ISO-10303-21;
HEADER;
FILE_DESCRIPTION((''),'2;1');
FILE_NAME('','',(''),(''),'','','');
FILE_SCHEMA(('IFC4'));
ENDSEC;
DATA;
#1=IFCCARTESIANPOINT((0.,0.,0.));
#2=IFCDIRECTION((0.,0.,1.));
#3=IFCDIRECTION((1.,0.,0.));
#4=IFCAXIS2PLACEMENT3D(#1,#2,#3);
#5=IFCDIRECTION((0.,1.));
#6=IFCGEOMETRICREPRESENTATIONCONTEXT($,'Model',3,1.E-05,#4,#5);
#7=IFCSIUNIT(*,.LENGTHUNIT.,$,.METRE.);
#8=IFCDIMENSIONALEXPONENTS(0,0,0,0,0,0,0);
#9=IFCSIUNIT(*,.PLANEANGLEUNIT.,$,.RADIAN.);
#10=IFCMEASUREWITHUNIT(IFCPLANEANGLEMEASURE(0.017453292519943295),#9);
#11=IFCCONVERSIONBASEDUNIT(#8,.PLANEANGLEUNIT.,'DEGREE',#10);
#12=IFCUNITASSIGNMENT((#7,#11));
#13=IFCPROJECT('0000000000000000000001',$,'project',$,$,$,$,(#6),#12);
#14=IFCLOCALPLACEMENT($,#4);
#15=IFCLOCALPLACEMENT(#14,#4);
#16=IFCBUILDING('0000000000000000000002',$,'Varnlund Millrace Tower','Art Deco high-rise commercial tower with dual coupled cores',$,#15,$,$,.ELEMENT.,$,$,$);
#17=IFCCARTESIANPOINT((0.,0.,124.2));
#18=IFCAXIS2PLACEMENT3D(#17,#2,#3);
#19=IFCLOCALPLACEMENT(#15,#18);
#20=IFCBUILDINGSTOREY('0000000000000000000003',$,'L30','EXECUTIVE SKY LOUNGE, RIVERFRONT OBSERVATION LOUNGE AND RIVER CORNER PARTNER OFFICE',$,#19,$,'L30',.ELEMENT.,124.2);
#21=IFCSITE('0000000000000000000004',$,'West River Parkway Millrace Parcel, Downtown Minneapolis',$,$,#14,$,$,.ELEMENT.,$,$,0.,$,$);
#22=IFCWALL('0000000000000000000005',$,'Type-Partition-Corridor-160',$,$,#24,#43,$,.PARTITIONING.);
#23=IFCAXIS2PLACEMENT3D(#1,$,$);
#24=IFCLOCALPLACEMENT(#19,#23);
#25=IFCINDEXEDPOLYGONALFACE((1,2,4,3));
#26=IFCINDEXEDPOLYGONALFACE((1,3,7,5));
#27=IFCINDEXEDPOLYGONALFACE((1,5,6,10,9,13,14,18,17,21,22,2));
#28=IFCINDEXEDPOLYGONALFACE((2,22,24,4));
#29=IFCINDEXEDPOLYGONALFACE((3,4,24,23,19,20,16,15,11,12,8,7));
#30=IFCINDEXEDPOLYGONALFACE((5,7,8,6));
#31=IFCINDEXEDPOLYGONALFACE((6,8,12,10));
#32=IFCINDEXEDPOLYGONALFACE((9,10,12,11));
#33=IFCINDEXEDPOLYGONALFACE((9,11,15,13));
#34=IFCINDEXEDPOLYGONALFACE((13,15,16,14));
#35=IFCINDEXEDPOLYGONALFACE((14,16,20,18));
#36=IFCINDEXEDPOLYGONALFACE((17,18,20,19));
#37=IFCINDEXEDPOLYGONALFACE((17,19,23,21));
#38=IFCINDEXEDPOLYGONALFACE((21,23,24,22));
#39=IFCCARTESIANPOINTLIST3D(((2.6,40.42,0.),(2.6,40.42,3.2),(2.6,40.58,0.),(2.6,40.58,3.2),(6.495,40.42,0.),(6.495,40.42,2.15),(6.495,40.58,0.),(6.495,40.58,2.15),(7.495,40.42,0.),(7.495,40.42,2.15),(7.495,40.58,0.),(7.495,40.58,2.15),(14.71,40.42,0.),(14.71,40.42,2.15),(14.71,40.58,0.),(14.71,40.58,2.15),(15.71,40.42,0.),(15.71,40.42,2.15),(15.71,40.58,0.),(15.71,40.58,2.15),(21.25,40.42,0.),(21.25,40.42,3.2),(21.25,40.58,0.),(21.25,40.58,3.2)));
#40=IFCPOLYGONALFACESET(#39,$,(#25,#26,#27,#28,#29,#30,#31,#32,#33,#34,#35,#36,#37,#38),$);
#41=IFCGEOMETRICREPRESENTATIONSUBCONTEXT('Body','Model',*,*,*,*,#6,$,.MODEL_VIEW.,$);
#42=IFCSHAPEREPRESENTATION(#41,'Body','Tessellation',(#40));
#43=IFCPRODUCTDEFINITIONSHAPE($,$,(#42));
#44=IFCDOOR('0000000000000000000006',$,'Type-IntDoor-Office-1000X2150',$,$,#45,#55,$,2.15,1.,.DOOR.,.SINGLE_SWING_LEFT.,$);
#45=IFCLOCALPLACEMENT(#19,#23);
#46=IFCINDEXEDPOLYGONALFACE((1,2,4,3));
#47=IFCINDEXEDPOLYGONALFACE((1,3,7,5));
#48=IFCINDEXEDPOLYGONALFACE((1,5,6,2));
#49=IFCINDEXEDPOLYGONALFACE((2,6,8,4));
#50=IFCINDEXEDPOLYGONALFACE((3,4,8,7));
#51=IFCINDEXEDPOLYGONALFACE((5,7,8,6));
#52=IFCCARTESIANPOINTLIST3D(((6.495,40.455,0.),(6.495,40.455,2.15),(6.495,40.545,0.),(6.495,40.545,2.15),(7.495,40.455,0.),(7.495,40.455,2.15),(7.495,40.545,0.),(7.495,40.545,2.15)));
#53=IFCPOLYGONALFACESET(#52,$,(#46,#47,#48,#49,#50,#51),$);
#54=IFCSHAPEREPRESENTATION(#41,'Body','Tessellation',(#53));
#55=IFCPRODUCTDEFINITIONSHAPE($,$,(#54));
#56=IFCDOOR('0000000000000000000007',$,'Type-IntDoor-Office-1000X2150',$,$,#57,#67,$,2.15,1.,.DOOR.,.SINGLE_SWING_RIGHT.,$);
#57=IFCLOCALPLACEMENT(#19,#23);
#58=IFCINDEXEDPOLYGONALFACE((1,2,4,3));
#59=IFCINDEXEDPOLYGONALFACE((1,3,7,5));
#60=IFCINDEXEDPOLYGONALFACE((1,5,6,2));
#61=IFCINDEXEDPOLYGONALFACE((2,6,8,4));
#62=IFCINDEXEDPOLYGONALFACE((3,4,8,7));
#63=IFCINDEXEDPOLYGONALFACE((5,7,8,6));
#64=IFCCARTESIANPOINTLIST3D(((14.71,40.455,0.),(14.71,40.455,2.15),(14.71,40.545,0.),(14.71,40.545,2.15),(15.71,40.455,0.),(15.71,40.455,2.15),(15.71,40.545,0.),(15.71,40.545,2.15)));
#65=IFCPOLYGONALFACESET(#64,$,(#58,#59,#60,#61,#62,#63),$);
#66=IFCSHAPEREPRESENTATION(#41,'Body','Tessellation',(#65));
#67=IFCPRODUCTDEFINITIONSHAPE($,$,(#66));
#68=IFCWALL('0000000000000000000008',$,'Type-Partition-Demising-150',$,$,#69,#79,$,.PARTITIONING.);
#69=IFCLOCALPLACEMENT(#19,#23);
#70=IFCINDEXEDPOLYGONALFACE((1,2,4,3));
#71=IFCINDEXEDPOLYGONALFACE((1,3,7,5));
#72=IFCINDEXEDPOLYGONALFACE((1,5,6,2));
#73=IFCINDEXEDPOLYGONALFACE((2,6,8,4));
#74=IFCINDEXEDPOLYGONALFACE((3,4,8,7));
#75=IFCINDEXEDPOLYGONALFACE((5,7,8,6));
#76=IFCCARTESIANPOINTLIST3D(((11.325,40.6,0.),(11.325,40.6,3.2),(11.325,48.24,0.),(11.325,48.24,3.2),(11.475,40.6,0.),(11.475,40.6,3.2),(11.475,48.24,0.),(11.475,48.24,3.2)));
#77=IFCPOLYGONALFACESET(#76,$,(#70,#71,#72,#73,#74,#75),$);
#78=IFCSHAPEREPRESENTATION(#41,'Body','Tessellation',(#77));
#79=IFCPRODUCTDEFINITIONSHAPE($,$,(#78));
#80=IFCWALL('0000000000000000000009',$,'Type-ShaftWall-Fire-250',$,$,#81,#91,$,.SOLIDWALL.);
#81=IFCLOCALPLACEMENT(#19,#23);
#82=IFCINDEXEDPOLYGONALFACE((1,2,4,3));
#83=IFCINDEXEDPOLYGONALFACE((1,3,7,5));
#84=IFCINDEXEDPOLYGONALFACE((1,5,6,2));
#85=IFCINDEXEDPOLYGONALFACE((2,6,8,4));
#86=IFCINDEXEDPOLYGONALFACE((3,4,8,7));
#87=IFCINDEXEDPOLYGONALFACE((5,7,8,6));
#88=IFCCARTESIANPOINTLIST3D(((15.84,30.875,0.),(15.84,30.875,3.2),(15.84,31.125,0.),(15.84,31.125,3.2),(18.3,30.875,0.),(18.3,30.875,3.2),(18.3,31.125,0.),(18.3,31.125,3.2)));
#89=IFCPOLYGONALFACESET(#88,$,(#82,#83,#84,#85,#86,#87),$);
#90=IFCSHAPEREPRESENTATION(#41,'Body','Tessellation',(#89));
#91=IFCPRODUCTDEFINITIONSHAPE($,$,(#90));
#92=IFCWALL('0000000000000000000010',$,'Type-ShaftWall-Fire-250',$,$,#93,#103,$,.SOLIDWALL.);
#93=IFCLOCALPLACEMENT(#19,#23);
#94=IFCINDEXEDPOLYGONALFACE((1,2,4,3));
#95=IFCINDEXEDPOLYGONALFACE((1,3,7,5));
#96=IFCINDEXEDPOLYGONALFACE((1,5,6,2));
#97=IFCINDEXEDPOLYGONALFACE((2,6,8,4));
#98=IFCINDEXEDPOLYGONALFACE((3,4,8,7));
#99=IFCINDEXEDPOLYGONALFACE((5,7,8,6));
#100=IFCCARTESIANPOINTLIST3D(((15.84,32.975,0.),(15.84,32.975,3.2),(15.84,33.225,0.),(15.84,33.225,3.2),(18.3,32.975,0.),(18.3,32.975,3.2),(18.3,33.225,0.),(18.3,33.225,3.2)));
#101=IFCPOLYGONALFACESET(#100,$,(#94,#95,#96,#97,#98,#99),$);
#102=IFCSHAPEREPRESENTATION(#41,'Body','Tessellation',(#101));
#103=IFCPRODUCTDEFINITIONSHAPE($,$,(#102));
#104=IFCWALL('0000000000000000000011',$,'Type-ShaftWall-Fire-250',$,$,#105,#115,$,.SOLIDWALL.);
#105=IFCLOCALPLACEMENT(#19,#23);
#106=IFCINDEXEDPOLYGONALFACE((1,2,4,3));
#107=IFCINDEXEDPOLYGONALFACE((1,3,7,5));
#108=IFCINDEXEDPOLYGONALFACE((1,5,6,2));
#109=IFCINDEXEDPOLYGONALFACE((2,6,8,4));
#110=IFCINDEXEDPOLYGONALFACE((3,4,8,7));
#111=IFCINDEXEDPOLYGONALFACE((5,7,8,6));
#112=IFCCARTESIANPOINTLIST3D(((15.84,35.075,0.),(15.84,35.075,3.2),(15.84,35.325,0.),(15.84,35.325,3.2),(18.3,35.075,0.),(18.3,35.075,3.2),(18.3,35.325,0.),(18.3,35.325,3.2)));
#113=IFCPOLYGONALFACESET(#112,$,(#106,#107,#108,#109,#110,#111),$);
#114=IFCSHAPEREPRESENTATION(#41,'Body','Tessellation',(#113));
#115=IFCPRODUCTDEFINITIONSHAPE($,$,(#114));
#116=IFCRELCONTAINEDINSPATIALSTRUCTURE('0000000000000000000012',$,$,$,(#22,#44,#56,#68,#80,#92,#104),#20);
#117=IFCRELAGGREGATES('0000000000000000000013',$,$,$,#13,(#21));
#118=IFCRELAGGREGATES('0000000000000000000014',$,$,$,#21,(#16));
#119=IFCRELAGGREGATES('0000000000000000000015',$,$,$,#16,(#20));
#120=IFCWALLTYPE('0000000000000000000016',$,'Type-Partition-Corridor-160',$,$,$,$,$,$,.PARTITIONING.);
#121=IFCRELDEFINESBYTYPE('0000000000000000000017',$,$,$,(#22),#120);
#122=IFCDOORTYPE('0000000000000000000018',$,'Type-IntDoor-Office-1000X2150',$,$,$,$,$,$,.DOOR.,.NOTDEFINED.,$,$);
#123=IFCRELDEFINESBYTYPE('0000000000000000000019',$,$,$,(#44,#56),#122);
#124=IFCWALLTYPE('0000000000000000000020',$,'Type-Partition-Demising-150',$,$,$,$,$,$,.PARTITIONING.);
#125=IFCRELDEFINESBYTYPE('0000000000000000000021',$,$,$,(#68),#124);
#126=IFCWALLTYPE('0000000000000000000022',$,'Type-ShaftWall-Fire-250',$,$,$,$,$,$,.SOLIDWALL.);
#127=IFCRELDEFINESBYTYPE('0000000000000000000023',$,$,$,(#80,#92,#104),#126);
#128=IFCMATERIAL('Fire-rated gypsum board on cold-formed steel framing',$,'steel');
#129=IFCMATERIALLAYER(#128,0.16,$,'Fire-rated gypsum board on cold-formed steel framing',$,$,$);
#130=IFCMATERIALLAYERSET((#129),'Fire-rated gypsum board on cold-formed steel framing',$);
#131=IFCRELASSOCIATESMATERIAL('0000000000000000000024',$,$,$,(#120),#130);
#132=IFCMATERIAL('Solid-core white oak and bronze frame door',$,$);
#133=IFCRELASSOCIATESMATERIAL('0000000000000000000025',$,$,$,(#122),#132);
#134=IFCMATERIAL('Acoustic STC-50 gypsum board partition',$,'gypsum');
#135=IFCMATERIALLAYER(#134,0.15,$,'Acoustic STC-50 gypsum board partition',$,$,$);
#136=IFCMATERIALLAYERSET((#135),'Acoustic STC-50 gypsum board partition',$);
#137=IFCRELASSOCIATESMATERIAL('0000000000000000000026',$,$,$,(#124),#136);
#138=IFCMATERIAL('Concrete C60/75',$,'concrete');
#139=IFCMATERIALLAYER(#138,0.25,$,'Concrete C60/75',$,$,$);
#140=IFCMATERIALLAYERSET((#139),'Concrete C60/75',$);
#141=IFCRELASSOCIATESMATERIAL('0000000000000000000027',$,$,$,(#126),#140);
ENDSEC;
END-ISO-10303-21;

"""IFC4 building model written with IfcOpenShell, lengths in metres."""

from ifc_helpers import new_model, entity, si_unit, converted_unit, direction, frame, origin_with_axes, origin_2d_with_axis, place, context, subcontext, project, spatial, polyline, rectangle, outline, extrude, material, layer, layer_set, type_object, element, fill, save


model = new_model("IFC4")

# Units and contexts
model_context = context("Model", 3, precision=1e-05, world=origin_with_axes(), true_north=direction((0.0, 1.0)))
body_context = subcontext(model_context, "Body", "Model", "MODEL_VIEW")
ifc_project = project(units=[si_unit("LENGTHUNIT", "METRE"), converted_unit("PLANEANGLEUNIT", "DEGREE", entity("IfcPlaneAngleMeasure", 0.017453292519943295), si_unit("PLANEANGLEUNIT", "RADIAN"), dimensions=[0, 0, 0, 0, 0, 0, 0])], contexts=[model_context])

# Site, building, storey
site_placement = place(None, origin_with_axes())
site = spatial("IfcSite", under=ifc_project, at=site_placement, Name="West River Parkway Millrace Parcel, Downtown Minneapolis", CompositionType="ELEMENT", RefElevation=0.0)
building_placement = place(site_placement, origin_with_axes())
building = spatial("IfcBuilding", under=site, at=building_placement, Name="Varnlund Millrace Tower", Description="Art Deco high-rise commercial tower with dual coupled cores", CompositionType="ELEMENT")
storey_placement = place(building_placement, frame((0.0, 0.0, 124.2), z_axis=(0.0, 0.0, 1.0), x_axis=(1.0, 0.0, 0.0)))
storey = spatial("IfcBuildingStorey", under=building, at=storey_placement, Name="L30", Description="EXECUTIVE SKY LOUNGE, RIVERFRONT OBSERVATION LOUNGE AND RIVER CORNER PARTNER OFFICE", LongName="L30", CompositionType="ELEMENT", Elevation=124.2)

# Shared definitions
ifc_material_1 = material(Name="Fire-rated gypsum board on cold-formed steel framing", Category="steel")
ifc_layer_1 = layer(ifc_material_1, 0.16, Name="Fire-rated gypsum board on cold-formed steel framing")
ifc_layer_set_1 = layer_set([ifc_layer_1], Name="Fire-rated gypsum board on cold-formed steel framing")
wall_type_1 = type_object("IfcWallType", Name="Type-Partition-Corridor-160", PredefinedType="PARTITIONING", material=ifc_layer_set_1)

# Wall, openings, doors
wall_1_placement = place(storey_placement, frame((2.6, 40.5, 0.0), z_axis=(0.0, 0.0, 1.0), x_axis=(1.0, 0.0, 0.0)))
wall_1 = element("IfcWall", 1, at=wall_1_placement, inside=storey, type_object=wall_type_1, Name="Type-Partition-Corridor-160", PredefinedType="PARTITIONING", context=body_context, shape_type="SweptSolid", body=[
    extrude(outline(polyline([(0.0, -0.08), (18.65, -0.08), (18.65, 0.08), (0.0, 0.08), (0.0, -0.08)])), origin_with_axes(), (0.0, 0.0, 1.0), 3.2),
])
opening_1_placement = place(wall_1_placement, frame((4.395, 0.0, 0.0), z_axis=(0.0, 0.0, 1.0), x_axis=(1.0, 0.0, 0.0)))
opening_1 = element("IfcOpeningElement", 2, at=opening_1_placement, cuts=wall_1, PredefinedType="OPENING", context=body_context, shape_type="SweptSolid", body=[
    extrude(rectangle(XDim=1.0, YDim=0.18, at=origin_2d_with_axis()), origin_with_axes(), (0.0, 0.0, 1.0), 2.15),
])
opening_2_placement = place(wall_1_placement, frame((12.61, 0.0, 0.0), z_axis=(0.0, 0.0, 1.0), x_axis=(1.0, 0.0, 0.0)))
opening_2 = element("IfcOpeningElement", 3, at=opening_2_placement, cuts=wall_1, PredefinedType="OPENING", context=body_context, shape_type="SweptSolid", body=[
    extrude(rectangle(XDim=1.0, YDim=0.18, at=origin_2d_with_axis()), origin_with_axes(), (0.0, 0.0, 1.0), 2.15),
])
ifc_material_2 = material(Name="Solid-core white oak and bronze frame door")
door_type_1 = type_object("IfcDoorType", Name="Type-IntDoor-Office-1000X2150", OperationType="NOTDEFINED", PredefinedType="DOOR", material=ifc_material_2)
door_1_placement = place(wall_1_placement, frame((4.395, 0.0, 0.0), z_axis=(0.0, 0.0, 1.0), x_axis=(1.0, 0.0, 0.0)))
door_1 = element("IfcDoor", 4, at=door_1_placement, inside=storey, type_object=door_type_1, Name="Type-IntDoor-Office-1000X2150", OperationType="SINGLE_SWING_LEFT", OverallHeight=2.15, OverallWidth=1.0, PredefinedType="DOOR", context=body_context, shape_type="SweptSolid", body=[
    extrude(rectangle(XDim=1.0, YDim=0.09, at=origin_2d_with_axis()), origin_with_axes(), (0.0, 0.0, 1.0), 2.15),
])
fill(opening_1, door_1)
door_2_placement = place(wall_1_placement, frame((12.61, 0.0, 0.0), z_axis=(0.0, 0.0, 1.0), x_axis=(1.0, 0.0, 0.0)))
door_2 = element("IfcDoor", 5, at=door_2_placement, inside=storey, type_object=door_type_1, Name="Type-IntDoor-Office-1000X2150", OperationType="SINGLE_SWING_RIGHT", OverallHeight=2.15, OverallWidth=1.0, PredefinedType="DOOR", context=body_context, shape_type="SweptSolid", body=[
    extrude(rectangle(XDim=1.0, YDim=0.09, at=origin_2d_with_axis()), origin_with_axes(), (0.0, 0.0, 1.0), 2.15),
])
fill(opening_2, door_2)

# Walls
ifc_material_3 = material(Name="Acoustic STC-50 gypsum board partition", Category="gypsum")
ifc_layer_2 = layer(ifc_material_3, 0.15, Name="Acoustic STC-50 gypsum board partition")
ifc_layer_set_2 = layer_set([ifc_layer_2], Name="Acoustic STC-50 gypsum board partition")
wall_type_2 = type_object("IfcWallType", Name="Type-Partition-Demising-150", PredefinedType="PARTITIONING", material=ifc_layer_set_2)
wall_2_placement = place(storey_placement, frame((11.4, 40.6, 0.0), z_axis=(0.0, 0.0, 1.0), x_axis=(0.0, 1.0, 0.0)))
element("IfcWall", 6, at=wall_2_placement, inside=storey, type_object=wall_type_2, Name="Type-Partition-Demising-150", PredefinedType="PARTITIONING", context=body_context, shape_type="SweptSolid", body=[
    extrude(outline(polyline([(0.0, -0.075), (7.64, -0.075), (7.64, 0.075), (0.0, 0.075), (0.0, -0.075)])), origin_with_axes(), (0.0, 0.0, 1.0), 3.2),
])
ifc_material_4 = material(Name="Concrete C60/75", Category="concrete")
ifc_layer_3 = layer(ifc_material_4, 0.25, Name="Concrete C60/75")
ifc_layer_set_3 = layer_set([ifc_layer_3], Name="Concrete C60/75")
wall_type_3 = type_object("IfcWallType", Name="Type-ShaftWall-Fire-250", PredefinedType="SOLIDWALL", material=ifc_layer_set_3)
for number, where, z_axis, x_axis, name in (
    (7, (15.84, 31.0, 0.0), (0.0, 0.0, 1.0), (1.0, 0.0, 0.0), "Type-ShaftWall-Fire-250"),
    (8, (15.84, 33.1, 0.0), (0.0, 0.0, 1.0), (1.0, 0.0, 0.0), "Type-ShaftWall-Fire-250"),
    (9, (15.84, 35.2, 0.0), (0.0, 0.0, 1.0), (1.0, 0.0, 0.0), "Type-ShaftWall-Fire-250"),
):
    element("IfcWall", number, at=place(storey_placement, frame(where, z_axis=z_axis, x_axis=x_axis)), inside=storey, type_object=wall_type_3, Name=name, PredefinedType="SOLIDWALL", context=body_context, shape_type="SweptSolid", body=[
        extrude(outline(polyline([(0.0, -0.125), (2.46, -0.125), (2.46, 0.125), (0.0, 0.125), (0.0, -0.125)])), origin_with_axes(), (0.0, 0.0, 1.0), 3.2),
    ])

save(model, "model.ifc")
